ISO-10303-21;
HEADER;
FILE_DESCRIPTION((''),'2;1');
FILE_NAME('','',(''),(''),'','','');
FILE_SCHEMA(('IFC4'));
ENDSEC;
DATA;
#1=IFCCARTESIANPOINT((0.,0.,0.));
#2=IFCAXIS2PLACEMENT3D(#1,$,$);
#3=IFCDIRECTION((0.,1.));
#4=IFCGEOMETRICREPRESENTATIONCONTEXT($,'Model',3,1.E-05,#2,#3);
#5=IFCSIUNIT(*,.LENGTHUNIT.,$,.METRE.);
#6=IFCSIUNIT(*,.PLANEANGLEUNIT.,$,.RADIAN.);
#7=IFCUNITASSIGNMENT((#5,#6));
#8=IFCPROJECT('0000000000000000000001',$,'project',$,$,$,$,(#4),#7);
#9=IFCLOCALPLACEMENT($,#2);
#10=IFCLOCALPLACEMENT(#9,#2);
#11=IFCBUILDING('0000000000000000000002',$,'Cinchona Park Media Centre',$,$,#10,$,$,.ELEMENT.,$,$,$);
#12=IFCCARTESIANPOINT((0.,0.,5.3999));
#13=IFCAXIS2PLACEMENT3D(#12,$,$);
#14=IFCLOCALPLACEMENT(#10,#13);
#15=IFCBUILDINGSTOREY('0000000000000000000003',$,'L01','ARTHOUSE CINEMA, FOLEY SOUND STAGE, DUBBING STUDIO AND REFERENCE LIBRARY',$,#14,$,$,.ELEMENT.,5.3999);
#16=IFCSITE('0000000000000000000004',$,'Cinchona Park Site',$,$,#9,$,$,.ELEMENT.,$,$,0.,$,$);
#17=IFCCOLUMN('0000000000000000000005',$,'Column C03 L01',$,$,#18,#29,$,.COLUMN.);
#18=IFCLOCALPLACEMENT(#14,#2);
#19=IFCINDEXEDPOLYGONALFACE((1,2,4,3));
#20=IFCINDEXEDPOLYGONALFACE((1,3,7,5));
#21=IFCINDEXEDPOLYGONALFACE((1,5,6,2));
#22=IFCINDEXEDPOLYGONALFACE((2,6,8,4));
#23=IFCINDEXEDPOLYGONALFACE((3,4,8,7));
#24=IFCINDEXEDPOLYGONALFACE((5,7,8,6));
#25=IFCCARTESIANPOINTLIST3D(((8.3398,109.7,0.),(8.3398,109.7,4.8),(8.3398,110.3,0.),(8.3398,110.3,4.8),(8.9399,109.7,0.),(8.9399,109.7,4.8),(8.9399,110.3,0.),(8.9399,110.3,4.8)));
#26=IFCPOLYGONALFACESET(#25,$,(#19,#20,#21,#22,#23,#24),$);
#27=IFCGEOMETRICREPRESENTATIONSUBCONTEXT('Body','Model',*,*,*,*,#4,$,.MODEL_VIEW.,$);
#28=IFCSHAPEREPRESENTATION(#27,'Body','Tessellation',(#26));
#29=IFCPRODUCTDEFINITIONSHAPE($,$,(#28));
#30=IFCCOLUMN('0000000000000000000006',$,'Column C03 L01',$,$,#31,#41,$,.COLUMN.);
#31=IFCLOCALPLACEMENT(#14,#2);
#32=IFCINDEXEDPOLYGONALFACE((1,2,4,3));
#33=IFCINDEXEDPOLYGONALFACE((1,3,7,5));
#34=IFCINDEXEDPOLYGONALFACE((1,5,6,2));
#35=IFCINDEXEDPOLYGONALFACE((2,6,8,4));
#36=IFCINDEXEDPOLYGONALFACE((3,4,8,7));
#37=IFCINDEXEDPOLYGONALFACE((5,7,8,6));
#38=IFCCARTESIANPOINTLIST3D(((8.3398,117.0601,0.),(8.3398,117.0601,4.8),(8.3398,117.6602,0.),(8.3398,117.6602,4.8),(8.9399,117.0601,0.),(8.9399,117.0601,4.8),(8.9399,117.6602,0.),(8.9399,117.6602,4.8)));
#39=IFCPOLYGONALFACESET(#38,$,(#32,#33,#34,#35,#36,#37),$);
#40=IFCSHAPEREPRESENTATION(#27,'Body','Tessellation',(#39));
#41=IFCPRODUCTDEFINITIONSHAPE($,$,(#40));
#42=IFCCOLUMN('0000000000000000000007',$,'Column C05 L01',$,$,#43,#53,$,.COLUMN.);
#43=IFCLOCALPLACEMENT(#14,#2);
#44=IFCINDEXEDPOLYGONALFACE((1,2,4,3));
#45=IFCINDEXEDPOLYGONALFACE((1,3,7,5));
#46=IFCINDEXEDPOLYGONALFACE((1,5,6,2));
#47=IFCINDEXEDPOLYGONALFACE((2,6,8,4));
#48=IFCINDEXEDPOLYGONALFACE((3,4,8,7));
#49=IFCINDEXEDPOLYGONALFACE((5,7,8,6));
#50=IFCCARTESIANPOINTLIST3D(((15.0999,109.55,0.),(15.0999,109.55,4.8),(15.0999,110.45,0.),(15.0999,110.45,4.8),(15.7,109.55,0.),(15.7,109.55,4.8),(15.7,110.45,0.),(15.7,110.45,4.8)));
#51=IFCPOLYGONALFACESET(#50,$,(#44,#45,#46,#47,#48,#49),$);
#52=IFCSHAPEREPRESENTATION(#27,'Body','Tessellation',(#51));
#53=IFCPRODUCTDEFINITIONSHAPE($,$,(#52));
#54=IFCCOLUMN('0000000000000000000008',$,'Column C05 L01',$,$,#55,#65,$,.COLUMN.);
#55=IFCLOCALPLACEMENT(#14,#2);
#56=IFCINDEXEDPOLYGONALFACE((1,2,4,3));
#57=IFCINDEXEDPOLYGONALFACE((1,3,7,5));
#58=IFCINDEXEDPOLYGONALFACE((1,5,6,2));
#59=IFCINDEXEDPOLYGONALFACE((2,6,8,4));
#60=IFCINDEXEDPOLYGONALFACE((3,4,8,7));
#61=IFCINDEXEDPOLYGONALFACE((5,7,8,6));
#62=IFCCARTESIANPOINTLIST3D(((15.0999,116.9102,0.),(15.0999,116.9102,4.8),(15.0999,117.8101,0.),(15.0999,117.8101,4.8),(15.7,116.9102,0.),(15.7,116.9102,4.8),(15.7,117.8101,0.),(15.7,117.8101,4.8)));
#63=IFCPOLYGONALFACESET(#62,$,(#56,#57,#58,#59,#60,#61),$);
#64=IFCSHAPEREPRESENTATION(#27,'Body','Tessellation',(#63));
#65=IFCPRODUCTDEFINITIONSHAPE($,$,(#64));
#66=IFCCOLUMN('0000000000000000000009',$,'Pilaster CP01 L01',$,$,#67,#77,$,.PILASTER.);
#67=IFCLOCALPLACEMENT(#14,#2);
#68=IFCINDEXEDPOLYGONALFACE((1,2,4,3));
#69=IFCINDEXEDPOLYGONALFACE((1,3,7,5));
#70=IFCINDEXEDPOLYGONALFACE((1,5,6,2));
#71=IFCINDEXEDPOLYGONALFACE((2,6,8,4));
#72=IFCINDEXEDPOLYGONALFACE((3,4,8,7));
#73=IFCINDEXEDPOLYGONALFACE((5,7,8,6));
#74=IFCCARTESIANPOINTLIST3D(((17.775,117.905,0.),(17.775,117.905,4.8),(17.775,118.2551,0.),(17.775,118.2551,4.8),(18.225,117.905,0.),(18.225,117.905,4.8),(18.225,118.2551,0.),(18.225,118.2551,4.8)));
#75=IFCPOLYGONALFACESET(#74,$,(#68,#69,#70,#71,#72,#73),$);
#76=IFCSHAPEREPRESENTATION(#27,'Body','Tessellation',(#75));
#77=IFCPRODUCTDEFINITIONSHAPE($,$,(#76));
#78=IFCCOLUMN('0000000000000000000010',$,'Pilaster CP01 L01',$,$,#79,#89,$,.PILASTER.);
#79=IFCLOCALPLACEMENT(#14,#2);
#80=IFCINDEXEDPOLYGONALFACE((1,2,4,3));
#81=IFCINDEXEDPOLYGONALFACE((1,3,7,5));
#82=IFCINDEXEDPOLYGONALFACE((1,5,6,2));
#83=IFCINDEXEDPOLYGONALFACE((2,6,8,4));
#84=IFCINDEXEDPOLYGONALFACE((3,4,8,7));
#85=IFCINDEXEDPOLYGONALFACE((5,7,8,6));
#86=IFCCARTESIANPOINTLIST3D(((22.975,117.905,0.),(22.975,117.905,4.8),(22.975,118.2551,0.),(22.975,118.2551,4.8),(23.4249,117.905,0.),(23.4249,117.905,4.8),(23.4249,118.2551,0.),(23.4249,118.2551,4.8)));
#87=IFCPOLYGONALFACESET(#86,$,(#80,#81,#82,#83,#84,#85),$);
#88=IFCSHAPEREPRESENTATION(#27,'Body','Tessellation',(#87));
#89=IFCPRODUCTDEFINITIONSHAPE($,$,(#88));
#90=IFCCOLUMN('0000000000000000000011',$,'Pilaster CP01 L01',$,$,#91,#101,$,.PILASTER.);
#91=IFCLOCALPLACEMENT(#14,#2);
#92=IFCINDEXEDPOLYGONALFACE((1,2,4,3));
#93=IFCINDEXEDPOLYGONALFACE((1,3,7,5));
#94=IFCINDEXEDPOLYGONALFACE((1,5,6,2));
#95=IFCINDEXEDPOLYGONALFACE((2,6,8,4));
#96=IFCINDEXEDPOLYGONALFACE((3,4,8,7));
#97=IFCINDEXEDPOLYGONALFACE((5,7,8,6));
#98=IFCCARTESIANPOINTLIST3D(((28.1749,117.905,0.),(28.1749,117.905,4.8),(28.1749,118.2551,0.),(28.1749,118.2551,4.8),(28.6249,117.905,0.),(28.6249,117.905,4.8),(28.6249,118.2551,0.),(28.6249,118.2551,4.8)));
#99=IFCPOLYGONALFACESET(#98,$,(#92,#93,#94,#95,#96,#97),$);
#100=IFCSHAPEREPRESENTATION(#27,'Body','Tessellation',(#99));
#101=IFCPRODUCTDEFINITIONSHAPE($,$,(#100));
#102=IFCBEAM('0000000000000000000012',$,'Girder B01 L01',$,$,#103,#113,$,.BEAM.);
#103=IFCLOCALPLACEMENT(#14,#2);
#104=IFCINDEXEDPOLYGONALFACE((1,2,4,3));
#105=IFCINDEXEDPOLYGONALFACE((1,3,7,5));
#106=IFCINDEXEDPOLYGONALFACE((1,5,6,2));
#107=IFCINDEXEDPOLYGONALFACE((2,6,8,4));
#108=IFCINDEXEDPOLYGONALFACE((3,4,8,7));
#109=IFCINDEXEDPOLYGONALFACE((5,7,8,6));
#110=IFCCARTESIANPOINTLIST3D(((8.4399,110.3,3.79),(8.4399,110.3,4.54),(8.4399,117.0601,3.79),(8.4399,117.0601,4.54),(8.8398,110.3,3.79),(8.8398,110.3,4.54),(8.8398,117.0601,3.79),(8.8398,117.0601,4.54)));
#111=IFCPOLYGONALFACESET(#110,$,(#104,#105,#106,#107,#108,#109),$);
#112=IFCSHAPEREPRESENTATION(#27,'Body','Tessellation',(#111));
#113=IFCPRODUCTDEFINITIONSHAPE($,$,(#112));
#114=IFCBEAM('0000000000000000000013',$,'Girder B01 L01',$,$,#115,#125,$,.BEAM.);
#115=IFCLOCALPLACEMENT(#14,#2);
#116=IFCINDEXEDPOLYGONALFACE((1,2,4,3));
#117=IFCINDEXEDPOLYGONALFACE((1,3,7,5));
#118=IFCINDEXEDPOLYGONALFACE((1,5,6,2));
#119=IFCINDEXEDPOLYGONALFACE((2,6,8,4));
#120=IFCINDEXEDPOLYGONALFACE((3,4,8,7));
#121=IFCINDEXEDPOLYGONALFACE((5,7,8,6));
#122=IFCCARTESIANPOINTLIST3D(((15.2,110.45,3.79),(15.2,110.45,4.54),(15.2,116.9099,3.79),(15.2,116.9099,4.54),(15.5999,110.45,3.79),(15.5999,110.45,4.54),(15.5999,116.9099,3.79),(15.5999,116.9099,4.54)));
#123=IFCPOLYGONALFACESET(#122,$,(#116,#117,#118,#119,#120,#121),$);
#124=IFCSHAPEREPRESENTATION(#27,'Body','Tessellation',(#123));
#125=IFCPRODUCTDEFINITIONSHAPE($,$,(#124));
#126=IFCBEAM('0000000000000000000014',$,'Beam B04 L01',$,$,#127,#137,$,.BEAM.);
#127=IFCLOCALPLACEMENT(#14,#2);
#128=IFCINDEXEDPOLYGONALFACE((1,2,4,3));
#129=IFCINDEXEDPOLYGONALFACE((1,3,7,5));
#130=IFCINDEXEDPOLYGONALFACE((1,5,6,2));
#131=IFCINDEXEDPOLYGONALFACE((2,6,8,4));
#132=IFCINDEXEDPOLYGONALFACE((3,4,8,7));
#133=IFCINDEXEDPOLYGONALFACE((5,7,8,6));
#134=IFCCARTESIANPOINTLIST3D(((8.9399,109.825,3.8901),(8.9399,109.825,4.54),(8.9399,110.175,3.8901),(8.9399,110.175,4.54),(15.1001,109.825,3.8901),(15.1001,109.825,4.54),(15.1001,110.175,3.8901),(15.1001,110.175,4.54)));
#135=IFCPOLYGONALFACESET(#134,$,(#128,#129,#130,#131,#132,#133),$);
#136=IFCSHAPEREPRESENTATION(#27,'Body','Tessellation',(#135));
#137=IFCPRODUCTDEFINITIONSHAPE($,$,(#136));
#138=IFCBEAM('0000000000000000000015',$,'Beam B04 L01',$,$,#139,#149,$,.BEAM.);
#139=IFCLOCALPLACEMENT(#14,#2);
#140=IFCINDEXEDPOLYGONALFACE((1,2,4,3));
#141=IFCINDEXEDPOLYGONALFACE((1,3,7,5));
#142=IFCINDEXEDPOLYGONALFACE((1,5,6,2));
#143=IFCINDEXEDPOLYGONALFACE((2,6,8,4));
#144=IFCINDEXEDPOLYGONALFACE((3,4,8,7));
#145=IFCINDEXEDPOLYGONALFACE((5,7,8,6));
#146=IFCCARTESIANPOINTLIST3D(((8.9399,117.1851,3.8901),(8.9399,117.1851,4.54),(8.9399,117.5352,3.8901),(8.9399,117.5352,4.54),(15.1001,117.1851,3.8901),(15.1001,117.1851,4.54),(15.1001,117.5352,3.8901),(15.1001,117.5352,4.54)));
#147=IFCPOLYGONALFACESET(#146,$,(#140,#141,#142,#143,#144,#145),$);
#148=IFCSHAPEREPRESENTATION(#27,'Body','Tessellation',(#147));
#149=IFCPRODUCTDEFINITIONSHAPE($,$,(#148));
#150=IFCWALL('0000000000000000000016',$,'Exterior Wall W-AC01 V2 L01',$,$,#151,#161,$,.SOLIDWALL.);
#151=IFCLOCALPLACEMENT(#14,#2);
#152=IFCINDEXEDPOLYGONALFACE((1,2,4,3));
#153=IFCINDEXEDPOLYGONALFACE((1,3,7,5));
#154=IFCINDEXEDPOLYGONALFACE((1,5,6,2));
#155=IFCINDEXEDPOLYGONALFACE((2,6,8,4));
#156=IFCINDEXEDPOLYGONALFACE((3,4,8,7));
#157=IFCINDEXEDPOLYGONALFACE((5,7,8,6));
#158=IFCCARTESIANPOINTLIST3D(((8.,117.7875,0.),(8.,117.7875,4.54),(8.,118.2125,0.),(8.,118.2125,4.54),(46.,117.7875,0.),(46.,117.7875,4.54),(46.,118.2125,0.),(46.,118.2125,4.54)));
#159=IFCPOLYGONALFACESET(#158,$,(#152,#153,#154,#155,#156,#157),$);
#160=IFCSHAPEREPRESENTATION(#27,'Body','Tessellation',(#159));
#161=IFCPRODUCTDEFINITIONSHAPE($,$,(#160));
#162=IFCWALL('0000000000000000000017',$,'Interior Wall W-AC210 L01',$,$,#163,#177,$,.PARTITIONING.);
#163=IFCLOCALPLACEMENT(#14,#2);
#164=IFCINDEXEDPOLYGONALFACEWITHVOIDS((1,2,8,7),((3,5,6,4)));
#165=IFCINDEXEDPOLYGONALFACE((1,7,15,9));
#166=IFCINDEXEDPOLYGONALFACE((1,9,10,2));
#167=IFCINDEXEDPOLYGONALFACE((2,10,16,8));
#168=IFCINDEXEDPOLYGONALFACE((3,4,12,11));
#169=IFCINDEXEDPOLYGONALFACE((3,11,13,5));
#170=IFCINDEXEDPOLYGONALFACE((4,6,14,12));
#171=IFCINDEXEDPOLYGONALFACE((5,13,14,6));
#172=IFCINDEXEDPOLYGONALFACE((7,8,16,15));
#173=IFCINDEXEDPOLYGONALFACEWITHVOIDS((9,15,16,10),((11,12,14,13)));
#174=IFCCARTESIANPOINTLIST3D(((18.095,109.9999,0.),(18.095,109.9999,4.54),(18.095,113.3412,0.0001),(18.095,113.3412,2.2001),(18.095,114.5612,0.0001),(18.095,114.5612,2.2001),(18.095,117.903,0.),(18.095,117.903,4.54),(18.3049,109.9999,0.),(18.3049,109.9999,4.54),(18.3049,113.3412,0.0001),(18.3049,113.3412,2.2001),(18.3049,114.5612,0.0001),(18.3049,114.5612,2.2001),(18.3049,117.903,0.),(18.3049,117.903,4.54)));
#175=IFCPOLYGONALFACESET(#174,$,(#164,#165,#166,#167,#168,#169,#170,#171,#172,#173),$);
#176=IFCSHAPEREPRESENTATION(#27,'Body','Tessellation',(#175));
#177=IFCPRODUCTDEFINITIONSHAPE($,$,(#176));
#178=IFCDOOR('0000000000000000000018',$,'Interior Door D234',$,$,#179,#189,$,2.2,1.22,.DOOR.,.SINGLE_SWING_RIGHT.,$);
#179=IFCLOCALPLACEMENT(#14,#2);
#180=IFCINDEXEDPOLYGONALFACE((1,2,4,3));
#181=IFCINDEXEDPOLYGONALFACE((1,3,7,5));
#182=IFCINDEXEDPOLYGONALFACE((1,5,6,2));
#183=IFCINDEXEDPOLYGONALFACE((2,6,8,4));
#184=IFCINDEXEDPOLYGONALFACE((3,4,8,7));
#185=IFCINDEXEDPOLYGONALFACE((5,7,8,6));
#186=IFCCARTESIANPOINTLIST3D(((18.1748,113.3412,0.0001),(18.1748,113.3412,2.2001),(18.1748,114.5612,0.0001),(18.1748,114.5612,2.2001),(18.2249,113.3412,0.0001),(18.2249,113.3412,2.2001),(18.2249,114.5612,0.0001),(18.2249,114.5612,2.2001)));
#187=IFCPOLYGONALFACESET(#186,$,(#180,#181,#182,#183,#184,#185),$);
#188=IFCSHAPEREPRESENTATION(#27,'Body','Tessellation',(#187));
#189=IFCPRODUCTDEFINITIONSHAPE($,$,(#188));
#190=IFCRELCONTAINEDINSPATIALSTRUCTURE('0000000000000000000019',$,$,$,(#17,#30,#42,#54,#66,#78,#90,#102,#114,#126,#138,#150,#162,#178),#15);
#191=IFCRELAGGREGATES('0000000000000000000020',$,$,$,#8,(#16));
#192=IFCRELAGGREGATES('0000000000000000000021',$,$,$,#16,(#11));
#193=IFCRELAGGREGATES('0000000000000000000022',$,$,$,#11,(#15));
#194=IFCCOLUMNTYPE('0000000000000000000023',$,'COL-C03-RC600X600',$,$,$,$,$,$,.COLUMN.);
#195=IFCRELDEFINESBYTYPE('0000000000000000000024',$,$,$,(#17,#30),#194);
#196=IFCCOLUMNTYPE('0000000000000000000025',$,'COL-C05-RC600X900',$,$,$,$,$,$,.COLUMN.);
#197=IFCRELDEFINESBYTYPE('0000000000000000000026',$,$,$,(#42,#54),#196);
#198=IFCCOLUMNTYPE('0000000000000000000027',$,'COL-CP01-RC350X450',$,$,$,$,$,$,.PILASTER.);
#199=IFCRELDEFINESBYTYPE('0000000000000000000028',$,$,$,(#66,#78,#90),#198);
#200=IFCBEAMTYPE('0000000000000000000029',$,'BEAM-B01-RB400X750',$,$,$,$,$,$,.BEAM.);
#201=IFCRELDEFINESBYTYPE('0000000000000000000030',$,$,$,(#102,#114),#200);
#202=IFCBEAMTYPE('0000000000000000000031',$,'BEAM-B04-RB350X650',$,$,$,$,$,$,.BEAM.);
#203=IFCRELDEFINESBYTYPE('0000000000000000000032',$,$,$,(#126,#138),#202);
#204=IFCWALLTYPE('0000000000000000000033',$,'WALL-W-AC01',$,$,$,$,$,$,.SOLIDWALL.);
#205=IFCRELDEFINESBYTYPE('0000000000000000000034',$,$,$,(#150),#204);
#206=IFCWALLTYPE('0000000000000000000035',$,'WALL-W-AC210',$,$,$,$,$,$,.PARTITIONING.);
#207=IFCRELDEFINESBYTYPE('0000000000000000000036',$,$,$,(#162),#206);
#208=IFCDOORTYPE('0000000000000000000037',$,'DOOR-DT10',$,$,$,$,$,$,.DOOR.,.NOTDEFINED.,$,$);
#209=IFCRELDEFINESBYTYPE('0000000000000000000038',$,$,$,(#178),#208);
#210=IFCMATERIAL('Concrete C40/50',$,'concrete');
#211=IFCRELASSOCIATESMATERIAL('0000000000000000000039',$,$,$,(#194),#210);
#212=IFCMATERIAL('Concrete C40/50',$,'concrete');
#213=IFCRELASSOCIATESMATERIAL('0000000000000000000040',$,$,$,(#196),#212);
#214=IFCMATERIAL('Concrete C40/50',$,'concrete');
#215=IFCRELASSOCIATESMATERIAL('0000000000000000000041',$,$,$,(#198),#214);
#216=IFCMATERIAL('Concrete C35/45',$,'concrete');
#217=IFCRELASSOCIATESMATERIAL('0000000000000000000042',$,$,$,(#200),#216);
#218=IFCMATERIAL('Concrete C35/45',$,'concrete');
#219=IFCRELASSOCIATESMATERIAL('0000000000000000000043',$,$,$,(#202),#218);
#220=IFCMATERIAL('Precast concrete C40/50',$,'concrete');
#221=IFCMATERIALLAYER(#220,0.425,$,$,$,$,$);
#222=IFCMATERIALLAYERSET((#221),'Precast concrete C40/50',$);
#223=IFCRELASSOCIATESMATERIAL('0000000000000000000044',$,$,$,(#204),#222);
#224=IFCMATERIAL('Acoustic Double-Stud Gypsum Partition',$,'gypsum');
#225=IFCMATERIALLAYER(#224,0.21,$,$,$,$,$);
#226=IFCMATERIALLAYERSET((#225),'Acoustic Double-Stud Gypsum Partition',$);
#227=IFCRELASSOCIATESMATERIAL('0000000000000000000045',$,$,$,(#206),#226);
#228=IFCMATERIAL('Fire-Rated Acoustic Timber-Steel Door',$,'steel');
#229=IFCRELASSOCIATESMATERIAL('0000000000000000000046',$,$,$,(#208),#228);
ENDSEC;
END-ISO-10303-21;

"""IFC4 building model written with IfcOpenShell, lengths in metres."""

from ifc_helpers import new_model, si_unit, direction, frame, frame_2d, origin, origin_2d, place, context, subcontext, project, spatial, rectangle, extrude, material, layer, layer_set, material_profile, profile_set, type_object, element, fill, save


model = new_model("IFC4")

# Units and contexts
model_context = context("Model", 3, precision=1e-05, world=origin(), true_north=direction((0.0, 1.0)))
body_context = subcontext(model_context, "Body", "Model", "MODEL_VIEW")
ifc_project = project(units=[si_unit("LENGTHUNIT", "METRE"), si_unit("PLANEANGLEUNIT", "RADIAN")], contexts=[model_context])

# Site, building, storey
site_placement = place(None, origin())
site = spatial("IfcSite", under=ifc_project, at=site_placement, Name="Cinchona Park Site", CompositionType="ELEMENT", RefElevation=0.0)
building_placement = place(site_placement, origin())
building = spatial("IfcBuilding", under=site, at=building_placement, Name="Cinchona Park Media Centre", CompositionType="ELEMENT")
storey_placement = place(building_placement, frame((0.0, 0.0, 5.3999)))
storey = spatial("IfcBuildingStorey", under=building, at=storey_placement, Name="L01", Description="ARTHOUSE CINEMA, FOLEY SOUND STAGE, DUBBING STUDIO AND REFERENCE LIBRARY", CompositionType="ELEMENT", Elevation=5.3999)

# Columns
ifc_material_1 = material(Name="Concrete C40/50", Category="concrete")
ifc_material_profile_1 = material_profile(ifc_material_1, rectangle(XDim=0.6001, YDim=0.6001, at=origin_2d()), Name="RC 600X600")
ifc_profile_set_1 = profile_set([ifc_material_profile_1], Name="Concrete C40/50")
column_type_1 = type_object("IfcColumnType", Name="COL-C03-RC600X600", PredefinedType="COLUMN", material=ifc_profile_set_1)
for number, where, z_axis, x_axis, name in (
    (1, (8.6399, 110.0, 0.0), (0.0, 0.0, 1.0), (1.0, 0.0, 0.0), "Column C03 L01"),
    (2, (8.6399, 117.3601, 0.0), (0.0, 0.0, 1.0), (1.0, 0.0, 0.0), "Column C03 L01"),
):
    element("IfcColumn", number, at=place(storey_placement, frame(where, z_axis=z_axis, x_axis=x_axis)), inside=storey, type_object=column_type_1, Name=name, PredefinedType="COLUMN", context=body_context, shape_type="SweptSolid", body=[
        extrude(rectangle(XDim=0.6001, YDim=0.6001, at=origin_2d()), origin(), (0.0, 0.0, 1.0), 4.8),
    ])
ifc_material_2 = material(Name="Concrete C40/50", Category="concrete")
ifc_material_profile_2 = material_profile(ifc_material_2, rectangle(XDim=0.6001, YDim=0.8999, at=origin_2d()), Name="RC 600X900")
ifc_profile_set_2 = profile_set([ifc_material_profile_2], Name="Concrete C40/50")
column_type_2 = type_object("IfcColumnType", Name="COL-C05-RC600X900", PredefinedType="COLUMN", material=ifc_profile_set_2)
for number, where, z_axis, x_axis, name in (
    (3, (15.3999, 110.0, 0.0), (0.0, 0.0, 1.0), (1.0, 0.0, 0.0), "Column C05 L01"),
    (4, (15.3999, 117.3601, 0.0), (0.0, 0.0, 1.0), (1.0, 0.0, 0.0), "Column C05 L01"),
):
    element("IfcColumn", number, at=place(storey_placement, frame(where, z_axis=z_axis, x_axis=x_axis)), inside=storey, type_object=column_type_2, Name=name, PredefinedType="COLUMN", context=body_context, shape_type="SweptSolid", body=[
        extrude(rectangle(XDim=0.6001, YDim=0.8999, at=origin_2d()), origin(), (0.0, 0.0, 1.0), 4.8),
    ])
ifc_material_3 = material(Name="Concrete C40/50", Category="concrete")
ifc_material_profile_3 = material_profile(ifc_material_3, rectangle(XDim=0.3501, YDim=0.45, at=origin_2d()), Name="RC 350X450")
ifc_profile_set_3 = profile_set([ifc_material_profile_3], Name="Concrete C40/50")
column_type_3 = type_object("IfcColumnType", Name="COL-CP01-RC350X450", PredefinedType="PILASTER", material=ifc_profile_set_3)
for number, where, z_axis, x_axis, name in (
    (5, (18.0, 118.0801, 0.0), (0.0, 0.0, 1.0), (0.0, 1.0, 0.0), "Pilaster CP01 L01"),
    (6, (23.2, 118.0801, 0.0), (0.0, 0.0, 1.0), (0.0, 1.0, 0.0), "Pilaster CP01 L01"),
    (7, (28.3999, 118.0801, 0.0), (0.0, 0.0, 1.0), (0.0, 1.0, 0.0), "Pilaster CP01 L01"),
):
    element("IfcColumn", number, at=place(storey_placement, frame(where, z_axis=z_axis, x_axis=x_axis)), inside=storey, type_object=column_type_3, Name=name, PredefinedType="PILASTER", context=body_context, shape_type="SweptSolid", body=[
        extrude(rectangle(XDim=0.3501, YDim=0.45, at=origin_2d()), origin(), (0.0, 0.0, 1.0), 4.8),
    ])

# Beams
ifc_material_4 = material(Name="Concrete C35/45", Category="concrete")
ifc_material_profile_4 = material_profile(ifc_material_4, rectangle(XDim=0.3999, YDim=0.75, at=origin_2d()), Name="RB 400X750")
ifc_profile_set_4 = profile_set([ifc_material_profile_4], Name="Concrete C35/45")
beam_type_1 = type_object("IfcBeamType", Name="BEAM-B01-RB400X750", PredefinedType="BEAM", material=ifc_profile_set_4)
beam_1_placement = place(storey_placement, frame((8.6399, 110.3, 4.165), z_axis=(0.0, 1.0, 0.0), x_axis=(-1.0, 0.0, 0.0)))
element("IfcBeam", 8, at=beam_1_placement, inside=storey, type_object=beam_type_1, Name="Girder B01 L01", PredefinedType="BEAM", context=body_context, shape_type="SweptSolid", body=[
    extrude(rectangle(XDim=0.3999, YDim=0.75, at=origin_2d()), origin(), (0.0, 0.0, 1.0), 6.76),
])
beam_2_placement = place(storey_placement, frame((15.3999, 110.45, 4.165), z_axis=(0.0, 1.0, 0.0), x_axis=(-1.0, 0.0, 0.0)))
element("IfcBeam", 9, at=beam_2_placement, inside=storey, type_object=beam_type_1, Name="Girder B01 L01", PredefinedType="BEAM", context=body_context, shape_type="SweptSolid", body=[
    extrude(rectangle(XDim=0.3999, YDim=0.75, at=origin_2d()), origin(), (0.0, 0.0, 1.0), 6.46),
])
ifc_material_5 = material(Name="Concrete C35/45", Category="concrete")
ifc_material_profile_5 = material_profile(ifc_material_5, rectangle(XDim=0.3501, YDim=0.6499, at=origin_2d()), Name="RB 350X650")
ifc_profile_set_5 = profile_set([ifc_material_profile_5], Name="Concrete C35/45")
beam_type_2 = type_object("IfcBeamType", Name="BEAM-B04-RB350X650", PredefinedType="BEAM", material=ifc_profile_set_5)
for number, where, z_axis, x_axis, name in (
    (10, (8.9399, 110.0, 4.2151), (1.0, 0.0, 0.0), (0.0, 1.0, 0.0), "Beam B04 L01"),
    (11, (8.9399, 117.3601, 4.2151), (1.0, 0.0, 0.0), (0.0, 1.0, 0.0), "Beam B04 L01"),
):
    element("IfcBeam", number, at=place(storey_placement, frame(where, z_axis=z_axis, x_axis=x_axis)), inside=storey, type_object=beam_type_2, Name=name, PredefinedType="BEAM", context=body_context, shape_type="SweptSolid", body=[
        extrude(rectangle(XDim=0.3501, YDim=0.6499, at=origin_2d()), origin(), (0.0, 0.0, 1.0), 6.1602),
    ])

# Wall
ifc_material_6 = material(Name="Precast concrete C40/50", Category="concrete")
ifc_layer_1 = layer(ifc_material_6, 0.425)
ifc_layer_set_1 = layer_set([ifc_layer_1], Name="Precast concrete C40/50")
wall_type_1 = type_object("IfcWallType", Name="WALL-W-AC01", PredefinedType="SOLIDWALL", material=ifc_layer_set_1)
wall_1_placement = place(storey_placement, frame((8.0, 118.0, 0.0), z_axis=(0.0, 0.0, 1.0), x_axis=(1.0, 0.0, 0.0)))
element("IfcWall", 12, at=wall_1_placement, inside=storey, type_object=wall_type_1, Name="Exterior Wall W-AC01 V2 L01", PredefinedType="SOLIDWALL", context=body_context, shape_type="SweptSolid", body=[
    extrude(rectangle(XDim=38.0, YDim=0.425, at=frame_2d((19.0, 0.0))), origin(), (0.0, 0.0, 1.0), 4.54),
])

# Wall, opening, door
ifc_material_7 = material(Name="Acoustic Double-Stud Gypsum Partition", Category="gypsum")
ifc_layer_2 = layer(ifc_material_7, 0.21)
ifc_layer_set_2 = layer_set([ifc_layer_2], Name="Acoustic Double-Stud Gypsum Partition")
wall_type_2 = type_object("IfcWallType", Name="WALL-W-AC210", PredefinedType="PARTITIONING", material=ifc_layer_set_2)
wall_2_placement = place(storey_placement, frame((18.2, 117.9031, 0.0), z_axis=(0.0, 0.0, 1.0), x_axis=(0.0, -1.0, 0.0)))
wall_2 = element("IfcWall", 13, at=wall_2_placement, inside=storey, type_object=wall_type_2, Name="Interior Wall W-AC210 L01", PredefinedType="PARTITIONING", context=body_context, shape_type="SweptSolid", body=[
    extrude(rectangle(XDim=7.9031, YDim=0.21, at=frame_2d((3.9517, 0.0))), origin(), (0.0, 0.0, 1.0), 4.54),
])
opening_1_placement = place(wall_2_placement, frame((3.342, 0.0, 0.0)))
opening_1 = element("IfcOpeningElement", 14, at=opening_1_placement, cuts=wall_2, PredefinedType="OPENING", context=body_context, shape_type="SweptSolid", body=[
    extrude(rectangle(XDim=1.22, YDim=2.2, at=frame_2d((0.6099, 1.1001))), frame((0.0, 0.115, 0.0), z_axis=(0.0, -1.0, 0.0), x_axis=(1.0, 0.0, 0.0)), (0.0, 0.0, 1.0), 0.23),
])
ifc_material_8 = material(Name="Fire-Rated Acoustic Timber-Steel Door", Category="steel")
door_type_1 = type_object("IfcDoorType", Name="DOOR-DT10", OperationType="NOTDEFINED", PredefinedType="DOOR", material=ifc_material_8)
door_1_placement = place(opening_1_placement, origin())
door_1 = element("IfcDoor", 15, at=door_1_placement, inside=storey, type_object=door_type_1, Name="Interior Door D234", OperationType="SINGLE_SWING_RIGHT", OverallHeight=2.2, OverallWidth=1.22, PredefinedType="DOOR", context=body_context, shape_type="SweptSolid", body=[
    extrude(rectangle(XDim=1.22, YDim=2.2, at=frame_2d((0.6099, 1.1001))), frame((0.0, 0.0249, 0.0), z_axis=(0.0, -1.0, 0.0), x_axis=(1.0, 0.0, 0.0)), (0.0, 0.0, 1.0), 0.05),
])
fill(opening_1, door_1)

save(model, "model.ifc")
